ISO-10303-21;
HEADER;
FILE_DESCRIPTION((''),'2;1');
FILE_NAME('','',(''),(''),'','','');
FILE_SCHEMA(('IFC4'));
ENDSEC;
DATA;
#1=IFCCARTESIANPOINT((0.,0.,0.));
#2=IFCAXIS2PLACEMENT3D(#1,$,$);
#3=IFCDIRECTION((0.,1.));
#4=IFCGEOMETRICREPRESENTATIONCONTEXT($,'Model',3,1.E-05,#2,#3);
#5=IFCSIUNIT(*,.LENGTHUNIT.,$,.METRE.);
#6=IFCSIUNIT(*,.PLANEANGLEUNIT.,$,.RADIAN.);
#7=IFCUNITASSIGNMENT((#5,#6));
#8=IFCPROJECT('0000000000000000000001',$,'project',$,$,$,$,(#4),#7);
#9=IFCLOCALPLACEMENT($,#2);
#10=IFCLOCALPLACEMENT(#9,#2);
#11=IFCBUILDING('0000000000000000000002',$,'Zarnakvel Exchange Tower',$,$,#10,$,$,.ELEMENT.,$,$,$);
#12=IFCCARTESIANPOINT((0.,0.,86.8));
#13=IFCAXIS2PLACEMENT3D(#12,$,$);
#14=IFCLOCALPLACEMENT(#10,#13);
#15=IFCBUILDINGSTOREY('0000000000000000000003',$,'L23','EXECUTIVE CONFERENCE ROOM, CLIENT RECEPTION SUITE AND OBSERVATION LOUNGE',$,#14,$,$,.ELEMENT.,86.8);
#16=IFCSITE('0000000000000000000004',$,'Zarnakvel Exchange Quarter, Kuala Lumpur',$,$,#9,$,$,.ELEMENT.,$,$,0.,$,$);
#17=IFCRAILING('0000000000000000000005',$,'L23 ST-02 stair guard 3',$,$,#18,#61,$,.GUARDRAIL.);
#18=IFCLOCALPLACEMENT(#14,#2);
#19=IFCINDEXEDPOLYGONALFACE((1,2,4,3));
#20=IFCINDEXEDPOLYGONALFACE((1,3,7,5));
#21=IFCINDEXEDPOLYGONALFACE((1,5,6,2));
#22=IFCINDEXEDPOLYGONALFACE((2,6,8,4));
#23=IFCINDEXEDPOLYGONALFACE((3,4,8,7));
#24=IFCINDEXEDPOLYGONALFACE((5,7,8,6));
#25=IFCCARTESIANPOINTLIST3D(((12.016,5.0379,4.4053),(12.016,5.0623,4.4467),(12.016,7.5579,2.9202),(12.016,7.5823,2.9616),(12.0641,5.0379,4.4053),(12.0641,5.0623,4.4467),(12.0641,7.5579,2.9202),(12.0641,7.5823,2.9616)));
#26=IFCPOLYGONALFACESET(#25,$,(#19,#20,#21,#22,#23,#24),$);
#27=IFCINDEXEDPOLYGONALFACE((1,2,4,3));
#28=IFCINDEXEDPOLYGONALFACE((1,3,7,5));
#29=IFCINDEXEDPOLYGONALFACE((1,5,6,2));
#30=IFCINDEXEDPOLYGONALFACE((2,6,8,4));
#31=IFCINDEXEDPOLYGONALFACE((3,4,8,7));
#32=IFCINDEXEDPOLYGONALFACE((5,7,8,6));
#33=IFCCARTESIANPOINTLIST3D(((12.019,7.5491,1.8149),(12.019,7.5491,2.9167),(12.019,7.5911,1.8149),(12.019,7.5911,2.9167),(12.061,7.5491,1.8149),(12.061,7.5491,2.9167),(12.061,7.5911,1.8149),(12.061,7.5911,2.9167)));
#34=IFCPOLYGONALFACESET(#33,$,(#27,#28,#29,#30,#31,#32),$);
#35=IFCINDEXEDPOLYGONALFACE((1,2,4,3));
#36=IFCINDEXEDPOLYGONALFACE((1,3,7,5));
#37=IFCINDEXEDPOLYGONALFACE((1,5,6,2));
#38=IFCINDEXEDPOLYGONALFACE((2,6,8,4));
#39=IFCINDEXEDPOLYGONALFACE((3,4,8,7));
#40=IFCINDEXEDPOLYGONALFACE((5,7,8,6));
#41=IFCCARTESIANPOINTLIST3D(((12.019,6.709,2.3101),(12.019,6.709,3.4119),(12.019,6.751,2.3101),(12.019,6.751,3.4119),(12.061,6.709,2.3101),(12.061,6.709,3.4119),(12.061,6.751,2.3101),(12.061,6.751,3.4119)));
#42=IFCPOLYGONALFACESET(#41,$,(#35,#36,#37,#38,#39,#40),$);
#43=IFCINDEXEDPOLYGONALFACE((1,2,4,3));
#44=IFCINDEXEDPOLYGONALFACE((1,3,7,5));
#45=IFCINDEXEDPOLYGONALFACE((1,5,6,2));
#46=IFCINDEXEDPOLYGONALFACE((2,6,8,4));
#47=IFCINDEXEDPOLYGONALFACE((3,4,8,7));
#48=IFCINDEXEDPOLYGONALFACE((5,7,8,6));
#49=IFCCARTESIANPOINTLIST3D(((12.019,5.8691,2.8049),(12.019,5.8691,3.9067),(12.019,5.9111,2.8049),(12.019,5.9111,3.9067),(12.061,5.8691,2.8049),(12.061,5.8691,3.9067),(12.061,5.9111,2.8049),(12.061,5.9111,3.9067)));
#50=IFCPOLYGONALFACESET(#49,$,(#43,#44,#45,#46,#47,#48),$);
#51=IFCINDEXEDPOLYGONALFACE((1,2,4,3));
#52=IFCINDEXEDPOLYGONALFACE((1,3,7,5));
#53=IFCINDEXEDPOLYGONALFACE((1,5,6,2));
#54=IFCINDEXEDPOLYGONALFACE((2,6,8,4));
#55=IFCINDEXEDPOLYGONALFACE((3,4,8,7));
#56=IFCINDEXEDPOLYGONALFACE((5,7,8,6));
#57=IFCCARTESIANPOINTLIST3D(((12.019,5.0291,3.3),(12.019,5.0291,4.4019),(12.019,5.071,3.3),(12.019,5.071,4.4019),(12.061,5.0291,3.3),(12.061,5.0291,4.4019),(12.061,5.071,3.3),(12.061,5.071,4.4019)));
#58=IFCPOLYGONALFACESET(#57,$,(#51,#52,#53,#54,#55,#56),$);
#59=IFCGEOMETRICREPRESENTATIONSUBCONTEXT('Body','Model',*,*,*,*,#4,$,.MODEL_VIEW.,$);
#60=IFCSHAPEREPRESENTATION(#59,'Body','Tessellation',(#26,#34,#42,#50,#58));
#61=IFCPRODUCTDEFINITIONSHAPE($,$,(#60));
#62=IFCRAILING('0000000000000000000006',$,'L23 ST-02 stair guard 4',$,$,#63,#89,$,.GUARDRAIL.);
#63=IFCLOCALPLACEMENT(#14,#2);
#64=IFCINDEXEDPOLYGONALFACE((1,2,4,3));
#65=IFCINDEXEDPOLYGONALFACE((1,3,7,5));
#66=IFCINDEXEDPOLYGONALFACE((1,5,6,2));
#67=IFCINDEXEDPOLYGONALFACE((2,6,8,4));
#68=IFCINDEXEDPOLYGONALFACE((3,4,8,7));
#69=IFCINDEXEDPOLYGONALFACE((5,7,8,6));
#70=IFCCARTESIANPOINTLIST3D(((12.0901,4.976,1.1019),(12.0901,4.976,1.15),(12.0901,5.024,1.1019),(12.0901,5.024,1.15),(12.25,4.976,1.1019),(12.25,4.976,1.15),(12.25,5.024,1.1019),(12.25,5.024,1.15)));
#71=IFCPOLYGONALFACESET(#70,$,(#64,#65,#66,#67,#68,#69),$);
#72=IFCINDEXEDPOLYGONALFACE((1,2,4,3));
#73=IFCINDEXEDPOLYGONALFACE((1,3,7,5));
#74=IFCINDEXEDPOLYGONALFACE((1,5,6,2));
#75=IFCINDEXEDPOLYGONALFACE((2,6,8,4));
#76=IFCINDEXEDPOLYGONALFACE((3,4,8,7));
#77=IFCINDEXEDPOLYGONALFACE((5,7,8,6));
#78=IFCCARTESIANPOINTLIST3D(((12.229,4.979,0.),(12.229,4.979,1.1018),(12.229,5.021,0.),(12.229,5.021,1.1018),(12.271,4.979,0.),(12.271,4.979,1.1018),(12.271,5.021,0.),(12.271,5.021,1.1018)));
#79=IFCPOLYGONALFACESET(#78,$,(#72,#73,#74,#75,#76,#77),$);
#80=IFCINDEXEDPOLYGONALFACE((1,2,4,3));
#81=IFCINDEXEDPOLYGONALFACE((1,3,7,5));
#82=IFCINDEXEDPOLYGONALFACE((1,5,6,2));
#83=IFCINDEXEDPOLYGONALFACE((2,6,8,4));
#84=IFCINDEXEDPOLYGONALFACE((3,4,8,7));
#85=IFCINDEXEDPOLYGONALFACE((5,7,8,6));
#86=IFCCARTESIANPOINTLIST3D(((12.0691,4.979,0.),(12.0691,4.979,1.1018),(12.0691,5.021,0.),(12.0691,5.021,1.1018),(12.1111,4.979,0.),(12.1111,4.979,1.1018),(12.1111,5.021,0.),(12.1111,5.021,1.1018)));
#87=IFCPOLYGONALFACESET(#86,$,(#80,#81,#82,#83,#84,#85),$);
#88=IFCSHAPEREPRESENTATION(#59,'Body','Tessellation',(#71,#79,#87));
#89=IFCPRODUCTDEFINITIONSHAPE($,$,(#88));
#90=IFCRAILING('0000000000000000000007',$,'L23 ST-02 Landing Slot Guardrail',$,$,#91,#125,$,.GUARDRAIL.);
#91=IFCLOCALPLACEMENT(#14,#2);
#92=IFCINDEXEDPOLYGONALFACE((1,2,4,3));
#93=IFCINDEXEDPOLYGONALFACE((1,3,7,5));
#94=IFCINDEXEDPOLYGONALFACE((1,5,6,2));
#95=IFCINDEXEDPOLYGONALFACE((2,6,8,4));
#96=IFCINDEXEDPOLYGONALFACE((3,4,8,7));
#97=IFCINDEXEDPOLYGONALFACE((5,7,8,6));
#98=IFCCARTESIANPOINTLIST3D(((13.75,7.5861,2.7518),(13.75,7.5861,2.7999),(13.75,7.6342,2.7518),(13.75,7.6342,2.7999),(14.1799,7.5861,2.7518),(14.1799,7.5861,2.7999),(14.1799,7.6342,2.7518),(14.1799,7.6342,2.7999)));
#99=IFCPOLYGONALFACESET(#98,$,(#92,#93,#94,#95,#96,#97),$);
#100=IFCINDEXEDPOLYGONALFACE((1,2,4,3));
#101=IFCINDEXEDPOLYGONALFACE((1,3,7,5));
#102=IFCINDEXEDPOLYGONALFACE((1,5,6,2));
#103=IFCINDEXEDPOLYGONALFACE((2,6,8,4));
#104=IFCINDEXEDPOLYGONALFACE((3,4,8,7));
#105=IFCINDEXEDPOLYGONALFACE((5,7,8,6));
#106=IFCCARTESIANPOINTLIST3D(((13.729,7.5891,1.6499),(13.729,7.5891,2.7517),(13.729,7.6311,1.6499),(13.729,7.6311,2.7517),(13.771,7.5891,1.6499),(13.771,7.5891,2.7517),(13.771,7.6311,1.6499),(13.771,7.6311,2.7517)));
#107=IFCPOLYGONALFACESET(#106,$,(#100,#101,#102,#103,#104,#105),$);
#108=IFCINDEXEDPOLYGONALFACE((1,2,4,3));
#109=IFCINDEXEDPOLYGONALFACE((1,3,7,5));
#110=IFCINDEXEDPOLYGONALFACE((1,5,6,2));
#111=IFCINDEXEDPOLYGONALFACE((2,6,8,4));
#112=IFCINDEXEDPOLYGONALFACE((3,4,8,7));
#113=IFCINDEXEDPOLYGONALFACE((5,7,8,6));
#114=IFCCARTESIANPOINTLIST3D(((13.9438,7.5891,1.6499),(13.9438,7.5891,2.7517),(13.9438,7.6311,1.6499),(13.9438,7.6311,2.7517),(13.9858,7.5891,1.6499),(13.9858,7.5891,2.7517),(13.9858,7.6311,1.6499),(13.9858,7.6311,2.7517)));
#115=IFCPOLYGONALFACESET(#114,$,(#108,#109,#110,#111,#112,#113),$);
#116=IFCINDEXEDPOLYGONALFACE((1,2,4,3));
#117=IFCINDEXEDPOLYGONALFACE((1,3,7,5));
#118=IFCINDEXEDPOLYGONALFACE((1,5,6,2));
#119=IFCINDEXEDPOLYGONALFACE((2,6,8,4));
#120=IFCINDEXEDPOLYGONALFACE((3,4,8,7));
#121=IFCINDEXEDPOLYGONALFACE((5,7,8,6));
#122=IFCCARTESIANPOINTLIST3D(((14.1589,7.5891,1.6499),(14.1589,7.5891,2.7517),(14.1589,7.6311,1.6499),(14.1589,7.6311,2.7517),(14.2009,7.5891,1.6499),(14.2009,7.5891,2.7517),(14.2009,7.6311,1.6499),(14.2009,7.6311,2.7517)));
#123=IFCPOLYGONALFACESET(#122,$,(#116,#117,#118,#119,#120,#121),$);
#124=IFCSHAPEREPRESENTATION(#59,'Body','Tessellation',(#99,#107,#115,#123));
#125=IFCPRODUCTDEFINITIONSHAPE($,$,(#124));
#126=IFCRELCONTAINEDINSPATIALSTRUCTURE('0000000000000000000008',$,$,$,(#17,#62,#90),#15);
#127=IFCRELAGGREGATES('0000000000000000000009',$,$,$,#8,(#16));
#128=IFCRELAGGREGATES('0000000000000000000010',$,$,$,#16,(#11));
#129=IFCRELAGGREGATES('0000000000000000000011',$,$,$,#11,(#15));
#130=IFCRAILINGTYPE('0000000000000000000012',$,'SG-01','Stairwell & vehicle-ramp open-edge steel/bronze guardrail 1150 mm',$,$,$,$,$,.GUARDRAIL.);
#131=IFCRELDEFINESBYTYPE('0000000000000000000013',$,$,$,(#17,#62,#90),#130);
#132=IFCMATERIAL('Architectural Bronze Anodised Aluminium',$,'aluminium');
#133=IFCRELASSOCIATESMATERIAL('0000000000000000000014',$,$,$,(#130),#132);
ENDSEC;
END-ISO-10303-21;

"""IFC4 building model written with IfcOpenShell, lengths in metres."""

from ifc_helpers import new_model, si_unit, direction, frame, origin, origin_2d, place, context, subcontext, project, spatial, rectangle, extrude, material, type_object, element, save


model = new_model("IFC4")

# Units and contexts
model_context = context("Model", 3, precision=1e-05, world=origin(), true_north=direction((0.0, 1.0)))
body_context = subcontext(model_context, "Body", "Model", "MODEL_VIEW")
ifc_project = project(units=[si_unit("LENGTHUNIT", "METRE"), si_unit("PLANEANGLEUNIT", "RADIAN")], contexts=[model_context])

# Site, building, storey
site_placement = place(None, origin())
site = spatial("IfcSite", under=ifc_project, at=site_placement, Name="Zarnakvel Exchange Quarter, Kuala Lumpur", CompositionType="ELEMENT", RefElevation=0.0)
building_placement = place(site_placement, origin())
building = spatial("IfcBuilding", under=site, at=building_placement, Name="Zarnakvel Exchange Tower", CompositionType="ELEMENT")
storey_placement = place(building_placement, frame((0.0, 0.0, 86.8)))
storey = spatial("IfcBuildingStorey", under=building, at=storey_placement, Name="L23", Description="EXECUTIVE CONFERENCE ROOM, CLIENT RECEPTION SUITE AND OBSERVATION LOUNGE", CompositionType="ELEMENT", Elevation=86.8)

# Railings
ifc_material_1 = material(Name="Architectural Bronze Anodised Aluminium", Category="aluminium")
railing_type_1 = type_object("IfcRailingType", Name="SG-01", Description="Stairwell & vehicle-ramp open-edge steel/bronze guardrail 1150 mm", PredefinedType="GUARDRAIL", material=ifc_material_1)
railing_1_placement = place(storey_placement, frame((12.04, 7.5701, 1.8149)))
element("IfcRailing", 1, at=railing_1_placement, inside=storey, type_object=railing_type_1, Name="L23 ST-02 stair guard 3", PredefinedType="GUARDRAIL", context=body_context, shape_type="SweptSolid", body=[
    extrude(rectangle(XDim=0.0481, YDim=0.0481, at=origin_2d()), frame((0.0, 0.0, 1.126), z_axis=(0.0, -0.861524, 0.507717), x_axis=(1.0, 0.0, 0.0)), (0.0, 0.0, 1.0), 2.925),
    extrude(rectangle(XDim=0.042, YDim=0.042, at=origin_2d()), origin(), (0.0, 0.0, 1.0), 1.1018),
    extrude(rectangle(XDim=0.042, YDim=0.042, at=origin_2d()), frame((0.0, -0.8401, 0.4951)), (0.0, 0.0, 1.0), 1.1018),
    extrude(rectangle(XDim=0.042, YDim=0.042, at=origin_2d()), frame((0.0, -1.6799, 0.99)), (0.0, 0.0, 1.0), 1.1018),
    extrude(rectangle(XDim=0.042, YDim=0.042, at=origin_2d()), frame((0.0, -2.52, 1.4851)), (0.0, 0.0, 1.0), 1.1018),
])
railing_2_placement = place(storey_placement, frame((12.25, 5.0, 0.0)))
element("IfcRailing", 2, at=railing_2_placement, inside=storey, type_object=railing_type_1, Name="L23 ST-02 stair guard 4", PredefinedType="GUARDRAIL", context=body_context, shape_type="SweptSolid", body=[
    extrude(rectangle(XDim=0.0481, YDim=0.0481, at=origin_2d()), frame((0.0, 0.0, 1.126), z_axis=(-1.0, 0.0, 0.0), x_axis=(0.0, -1.0, 0.0)), (0.0, 0.0, 1.0), 0.1599),
    extrude(rectangle(XDim=0.042, YDim=0.042, at=origin_2d()), origin(), (0.0, 0.0, 1.0), 1.1018),
    extrude(rectangle(XDim=0.042, YDim=0.042, at=origin_2d()), frame((-0.1599, 0.0, 0.0)), (0.0, 0.0, 1.0), 1.1018),
])
railing_3_placement = place(storey_placement, frame((13.75, 7.6101, 1.6499)))
element("IfcRailing", 3, at=railing_3_placement, inside=storey, type_object=railing_type_1, Name="L23 ST-02 Landing Slot Guardrail", PredefinedType="GUARDRAIL", context=body_context, shape_type="SweptSolid", body=[
    extrude(rectangle(XDim=0.0481, YDim=0.0481, at=origin_2d()), frame((0.0, 0.0, 1.126), z_axis=(1.0, 0.0, 0.0), x_axis=(0.0, 1.0, 0.0)), (0.0, 0.0, 1.0), 0.4299),
    extrude(rectangle(XDim=0.042, YDim=0.042, at=origin_2d()), origin(), (0.0, 0.0, 1.0), 1.1018),
    extrude(rectangle(XDim=0.042, YDim=0.042, at=origin_2d()), frame((0.2148, 0.0, 0.0)), (0.0, 0.0, 1.0), 1.1018),
    extrude(rectangle(XDim=0.042, YDim=0.042, at=origin_2d()), frame((0.4299, 0.0, 0.0)), (0.0, 0.0, 1.0), 1.1018),
])

save(model, "model.ifc")
